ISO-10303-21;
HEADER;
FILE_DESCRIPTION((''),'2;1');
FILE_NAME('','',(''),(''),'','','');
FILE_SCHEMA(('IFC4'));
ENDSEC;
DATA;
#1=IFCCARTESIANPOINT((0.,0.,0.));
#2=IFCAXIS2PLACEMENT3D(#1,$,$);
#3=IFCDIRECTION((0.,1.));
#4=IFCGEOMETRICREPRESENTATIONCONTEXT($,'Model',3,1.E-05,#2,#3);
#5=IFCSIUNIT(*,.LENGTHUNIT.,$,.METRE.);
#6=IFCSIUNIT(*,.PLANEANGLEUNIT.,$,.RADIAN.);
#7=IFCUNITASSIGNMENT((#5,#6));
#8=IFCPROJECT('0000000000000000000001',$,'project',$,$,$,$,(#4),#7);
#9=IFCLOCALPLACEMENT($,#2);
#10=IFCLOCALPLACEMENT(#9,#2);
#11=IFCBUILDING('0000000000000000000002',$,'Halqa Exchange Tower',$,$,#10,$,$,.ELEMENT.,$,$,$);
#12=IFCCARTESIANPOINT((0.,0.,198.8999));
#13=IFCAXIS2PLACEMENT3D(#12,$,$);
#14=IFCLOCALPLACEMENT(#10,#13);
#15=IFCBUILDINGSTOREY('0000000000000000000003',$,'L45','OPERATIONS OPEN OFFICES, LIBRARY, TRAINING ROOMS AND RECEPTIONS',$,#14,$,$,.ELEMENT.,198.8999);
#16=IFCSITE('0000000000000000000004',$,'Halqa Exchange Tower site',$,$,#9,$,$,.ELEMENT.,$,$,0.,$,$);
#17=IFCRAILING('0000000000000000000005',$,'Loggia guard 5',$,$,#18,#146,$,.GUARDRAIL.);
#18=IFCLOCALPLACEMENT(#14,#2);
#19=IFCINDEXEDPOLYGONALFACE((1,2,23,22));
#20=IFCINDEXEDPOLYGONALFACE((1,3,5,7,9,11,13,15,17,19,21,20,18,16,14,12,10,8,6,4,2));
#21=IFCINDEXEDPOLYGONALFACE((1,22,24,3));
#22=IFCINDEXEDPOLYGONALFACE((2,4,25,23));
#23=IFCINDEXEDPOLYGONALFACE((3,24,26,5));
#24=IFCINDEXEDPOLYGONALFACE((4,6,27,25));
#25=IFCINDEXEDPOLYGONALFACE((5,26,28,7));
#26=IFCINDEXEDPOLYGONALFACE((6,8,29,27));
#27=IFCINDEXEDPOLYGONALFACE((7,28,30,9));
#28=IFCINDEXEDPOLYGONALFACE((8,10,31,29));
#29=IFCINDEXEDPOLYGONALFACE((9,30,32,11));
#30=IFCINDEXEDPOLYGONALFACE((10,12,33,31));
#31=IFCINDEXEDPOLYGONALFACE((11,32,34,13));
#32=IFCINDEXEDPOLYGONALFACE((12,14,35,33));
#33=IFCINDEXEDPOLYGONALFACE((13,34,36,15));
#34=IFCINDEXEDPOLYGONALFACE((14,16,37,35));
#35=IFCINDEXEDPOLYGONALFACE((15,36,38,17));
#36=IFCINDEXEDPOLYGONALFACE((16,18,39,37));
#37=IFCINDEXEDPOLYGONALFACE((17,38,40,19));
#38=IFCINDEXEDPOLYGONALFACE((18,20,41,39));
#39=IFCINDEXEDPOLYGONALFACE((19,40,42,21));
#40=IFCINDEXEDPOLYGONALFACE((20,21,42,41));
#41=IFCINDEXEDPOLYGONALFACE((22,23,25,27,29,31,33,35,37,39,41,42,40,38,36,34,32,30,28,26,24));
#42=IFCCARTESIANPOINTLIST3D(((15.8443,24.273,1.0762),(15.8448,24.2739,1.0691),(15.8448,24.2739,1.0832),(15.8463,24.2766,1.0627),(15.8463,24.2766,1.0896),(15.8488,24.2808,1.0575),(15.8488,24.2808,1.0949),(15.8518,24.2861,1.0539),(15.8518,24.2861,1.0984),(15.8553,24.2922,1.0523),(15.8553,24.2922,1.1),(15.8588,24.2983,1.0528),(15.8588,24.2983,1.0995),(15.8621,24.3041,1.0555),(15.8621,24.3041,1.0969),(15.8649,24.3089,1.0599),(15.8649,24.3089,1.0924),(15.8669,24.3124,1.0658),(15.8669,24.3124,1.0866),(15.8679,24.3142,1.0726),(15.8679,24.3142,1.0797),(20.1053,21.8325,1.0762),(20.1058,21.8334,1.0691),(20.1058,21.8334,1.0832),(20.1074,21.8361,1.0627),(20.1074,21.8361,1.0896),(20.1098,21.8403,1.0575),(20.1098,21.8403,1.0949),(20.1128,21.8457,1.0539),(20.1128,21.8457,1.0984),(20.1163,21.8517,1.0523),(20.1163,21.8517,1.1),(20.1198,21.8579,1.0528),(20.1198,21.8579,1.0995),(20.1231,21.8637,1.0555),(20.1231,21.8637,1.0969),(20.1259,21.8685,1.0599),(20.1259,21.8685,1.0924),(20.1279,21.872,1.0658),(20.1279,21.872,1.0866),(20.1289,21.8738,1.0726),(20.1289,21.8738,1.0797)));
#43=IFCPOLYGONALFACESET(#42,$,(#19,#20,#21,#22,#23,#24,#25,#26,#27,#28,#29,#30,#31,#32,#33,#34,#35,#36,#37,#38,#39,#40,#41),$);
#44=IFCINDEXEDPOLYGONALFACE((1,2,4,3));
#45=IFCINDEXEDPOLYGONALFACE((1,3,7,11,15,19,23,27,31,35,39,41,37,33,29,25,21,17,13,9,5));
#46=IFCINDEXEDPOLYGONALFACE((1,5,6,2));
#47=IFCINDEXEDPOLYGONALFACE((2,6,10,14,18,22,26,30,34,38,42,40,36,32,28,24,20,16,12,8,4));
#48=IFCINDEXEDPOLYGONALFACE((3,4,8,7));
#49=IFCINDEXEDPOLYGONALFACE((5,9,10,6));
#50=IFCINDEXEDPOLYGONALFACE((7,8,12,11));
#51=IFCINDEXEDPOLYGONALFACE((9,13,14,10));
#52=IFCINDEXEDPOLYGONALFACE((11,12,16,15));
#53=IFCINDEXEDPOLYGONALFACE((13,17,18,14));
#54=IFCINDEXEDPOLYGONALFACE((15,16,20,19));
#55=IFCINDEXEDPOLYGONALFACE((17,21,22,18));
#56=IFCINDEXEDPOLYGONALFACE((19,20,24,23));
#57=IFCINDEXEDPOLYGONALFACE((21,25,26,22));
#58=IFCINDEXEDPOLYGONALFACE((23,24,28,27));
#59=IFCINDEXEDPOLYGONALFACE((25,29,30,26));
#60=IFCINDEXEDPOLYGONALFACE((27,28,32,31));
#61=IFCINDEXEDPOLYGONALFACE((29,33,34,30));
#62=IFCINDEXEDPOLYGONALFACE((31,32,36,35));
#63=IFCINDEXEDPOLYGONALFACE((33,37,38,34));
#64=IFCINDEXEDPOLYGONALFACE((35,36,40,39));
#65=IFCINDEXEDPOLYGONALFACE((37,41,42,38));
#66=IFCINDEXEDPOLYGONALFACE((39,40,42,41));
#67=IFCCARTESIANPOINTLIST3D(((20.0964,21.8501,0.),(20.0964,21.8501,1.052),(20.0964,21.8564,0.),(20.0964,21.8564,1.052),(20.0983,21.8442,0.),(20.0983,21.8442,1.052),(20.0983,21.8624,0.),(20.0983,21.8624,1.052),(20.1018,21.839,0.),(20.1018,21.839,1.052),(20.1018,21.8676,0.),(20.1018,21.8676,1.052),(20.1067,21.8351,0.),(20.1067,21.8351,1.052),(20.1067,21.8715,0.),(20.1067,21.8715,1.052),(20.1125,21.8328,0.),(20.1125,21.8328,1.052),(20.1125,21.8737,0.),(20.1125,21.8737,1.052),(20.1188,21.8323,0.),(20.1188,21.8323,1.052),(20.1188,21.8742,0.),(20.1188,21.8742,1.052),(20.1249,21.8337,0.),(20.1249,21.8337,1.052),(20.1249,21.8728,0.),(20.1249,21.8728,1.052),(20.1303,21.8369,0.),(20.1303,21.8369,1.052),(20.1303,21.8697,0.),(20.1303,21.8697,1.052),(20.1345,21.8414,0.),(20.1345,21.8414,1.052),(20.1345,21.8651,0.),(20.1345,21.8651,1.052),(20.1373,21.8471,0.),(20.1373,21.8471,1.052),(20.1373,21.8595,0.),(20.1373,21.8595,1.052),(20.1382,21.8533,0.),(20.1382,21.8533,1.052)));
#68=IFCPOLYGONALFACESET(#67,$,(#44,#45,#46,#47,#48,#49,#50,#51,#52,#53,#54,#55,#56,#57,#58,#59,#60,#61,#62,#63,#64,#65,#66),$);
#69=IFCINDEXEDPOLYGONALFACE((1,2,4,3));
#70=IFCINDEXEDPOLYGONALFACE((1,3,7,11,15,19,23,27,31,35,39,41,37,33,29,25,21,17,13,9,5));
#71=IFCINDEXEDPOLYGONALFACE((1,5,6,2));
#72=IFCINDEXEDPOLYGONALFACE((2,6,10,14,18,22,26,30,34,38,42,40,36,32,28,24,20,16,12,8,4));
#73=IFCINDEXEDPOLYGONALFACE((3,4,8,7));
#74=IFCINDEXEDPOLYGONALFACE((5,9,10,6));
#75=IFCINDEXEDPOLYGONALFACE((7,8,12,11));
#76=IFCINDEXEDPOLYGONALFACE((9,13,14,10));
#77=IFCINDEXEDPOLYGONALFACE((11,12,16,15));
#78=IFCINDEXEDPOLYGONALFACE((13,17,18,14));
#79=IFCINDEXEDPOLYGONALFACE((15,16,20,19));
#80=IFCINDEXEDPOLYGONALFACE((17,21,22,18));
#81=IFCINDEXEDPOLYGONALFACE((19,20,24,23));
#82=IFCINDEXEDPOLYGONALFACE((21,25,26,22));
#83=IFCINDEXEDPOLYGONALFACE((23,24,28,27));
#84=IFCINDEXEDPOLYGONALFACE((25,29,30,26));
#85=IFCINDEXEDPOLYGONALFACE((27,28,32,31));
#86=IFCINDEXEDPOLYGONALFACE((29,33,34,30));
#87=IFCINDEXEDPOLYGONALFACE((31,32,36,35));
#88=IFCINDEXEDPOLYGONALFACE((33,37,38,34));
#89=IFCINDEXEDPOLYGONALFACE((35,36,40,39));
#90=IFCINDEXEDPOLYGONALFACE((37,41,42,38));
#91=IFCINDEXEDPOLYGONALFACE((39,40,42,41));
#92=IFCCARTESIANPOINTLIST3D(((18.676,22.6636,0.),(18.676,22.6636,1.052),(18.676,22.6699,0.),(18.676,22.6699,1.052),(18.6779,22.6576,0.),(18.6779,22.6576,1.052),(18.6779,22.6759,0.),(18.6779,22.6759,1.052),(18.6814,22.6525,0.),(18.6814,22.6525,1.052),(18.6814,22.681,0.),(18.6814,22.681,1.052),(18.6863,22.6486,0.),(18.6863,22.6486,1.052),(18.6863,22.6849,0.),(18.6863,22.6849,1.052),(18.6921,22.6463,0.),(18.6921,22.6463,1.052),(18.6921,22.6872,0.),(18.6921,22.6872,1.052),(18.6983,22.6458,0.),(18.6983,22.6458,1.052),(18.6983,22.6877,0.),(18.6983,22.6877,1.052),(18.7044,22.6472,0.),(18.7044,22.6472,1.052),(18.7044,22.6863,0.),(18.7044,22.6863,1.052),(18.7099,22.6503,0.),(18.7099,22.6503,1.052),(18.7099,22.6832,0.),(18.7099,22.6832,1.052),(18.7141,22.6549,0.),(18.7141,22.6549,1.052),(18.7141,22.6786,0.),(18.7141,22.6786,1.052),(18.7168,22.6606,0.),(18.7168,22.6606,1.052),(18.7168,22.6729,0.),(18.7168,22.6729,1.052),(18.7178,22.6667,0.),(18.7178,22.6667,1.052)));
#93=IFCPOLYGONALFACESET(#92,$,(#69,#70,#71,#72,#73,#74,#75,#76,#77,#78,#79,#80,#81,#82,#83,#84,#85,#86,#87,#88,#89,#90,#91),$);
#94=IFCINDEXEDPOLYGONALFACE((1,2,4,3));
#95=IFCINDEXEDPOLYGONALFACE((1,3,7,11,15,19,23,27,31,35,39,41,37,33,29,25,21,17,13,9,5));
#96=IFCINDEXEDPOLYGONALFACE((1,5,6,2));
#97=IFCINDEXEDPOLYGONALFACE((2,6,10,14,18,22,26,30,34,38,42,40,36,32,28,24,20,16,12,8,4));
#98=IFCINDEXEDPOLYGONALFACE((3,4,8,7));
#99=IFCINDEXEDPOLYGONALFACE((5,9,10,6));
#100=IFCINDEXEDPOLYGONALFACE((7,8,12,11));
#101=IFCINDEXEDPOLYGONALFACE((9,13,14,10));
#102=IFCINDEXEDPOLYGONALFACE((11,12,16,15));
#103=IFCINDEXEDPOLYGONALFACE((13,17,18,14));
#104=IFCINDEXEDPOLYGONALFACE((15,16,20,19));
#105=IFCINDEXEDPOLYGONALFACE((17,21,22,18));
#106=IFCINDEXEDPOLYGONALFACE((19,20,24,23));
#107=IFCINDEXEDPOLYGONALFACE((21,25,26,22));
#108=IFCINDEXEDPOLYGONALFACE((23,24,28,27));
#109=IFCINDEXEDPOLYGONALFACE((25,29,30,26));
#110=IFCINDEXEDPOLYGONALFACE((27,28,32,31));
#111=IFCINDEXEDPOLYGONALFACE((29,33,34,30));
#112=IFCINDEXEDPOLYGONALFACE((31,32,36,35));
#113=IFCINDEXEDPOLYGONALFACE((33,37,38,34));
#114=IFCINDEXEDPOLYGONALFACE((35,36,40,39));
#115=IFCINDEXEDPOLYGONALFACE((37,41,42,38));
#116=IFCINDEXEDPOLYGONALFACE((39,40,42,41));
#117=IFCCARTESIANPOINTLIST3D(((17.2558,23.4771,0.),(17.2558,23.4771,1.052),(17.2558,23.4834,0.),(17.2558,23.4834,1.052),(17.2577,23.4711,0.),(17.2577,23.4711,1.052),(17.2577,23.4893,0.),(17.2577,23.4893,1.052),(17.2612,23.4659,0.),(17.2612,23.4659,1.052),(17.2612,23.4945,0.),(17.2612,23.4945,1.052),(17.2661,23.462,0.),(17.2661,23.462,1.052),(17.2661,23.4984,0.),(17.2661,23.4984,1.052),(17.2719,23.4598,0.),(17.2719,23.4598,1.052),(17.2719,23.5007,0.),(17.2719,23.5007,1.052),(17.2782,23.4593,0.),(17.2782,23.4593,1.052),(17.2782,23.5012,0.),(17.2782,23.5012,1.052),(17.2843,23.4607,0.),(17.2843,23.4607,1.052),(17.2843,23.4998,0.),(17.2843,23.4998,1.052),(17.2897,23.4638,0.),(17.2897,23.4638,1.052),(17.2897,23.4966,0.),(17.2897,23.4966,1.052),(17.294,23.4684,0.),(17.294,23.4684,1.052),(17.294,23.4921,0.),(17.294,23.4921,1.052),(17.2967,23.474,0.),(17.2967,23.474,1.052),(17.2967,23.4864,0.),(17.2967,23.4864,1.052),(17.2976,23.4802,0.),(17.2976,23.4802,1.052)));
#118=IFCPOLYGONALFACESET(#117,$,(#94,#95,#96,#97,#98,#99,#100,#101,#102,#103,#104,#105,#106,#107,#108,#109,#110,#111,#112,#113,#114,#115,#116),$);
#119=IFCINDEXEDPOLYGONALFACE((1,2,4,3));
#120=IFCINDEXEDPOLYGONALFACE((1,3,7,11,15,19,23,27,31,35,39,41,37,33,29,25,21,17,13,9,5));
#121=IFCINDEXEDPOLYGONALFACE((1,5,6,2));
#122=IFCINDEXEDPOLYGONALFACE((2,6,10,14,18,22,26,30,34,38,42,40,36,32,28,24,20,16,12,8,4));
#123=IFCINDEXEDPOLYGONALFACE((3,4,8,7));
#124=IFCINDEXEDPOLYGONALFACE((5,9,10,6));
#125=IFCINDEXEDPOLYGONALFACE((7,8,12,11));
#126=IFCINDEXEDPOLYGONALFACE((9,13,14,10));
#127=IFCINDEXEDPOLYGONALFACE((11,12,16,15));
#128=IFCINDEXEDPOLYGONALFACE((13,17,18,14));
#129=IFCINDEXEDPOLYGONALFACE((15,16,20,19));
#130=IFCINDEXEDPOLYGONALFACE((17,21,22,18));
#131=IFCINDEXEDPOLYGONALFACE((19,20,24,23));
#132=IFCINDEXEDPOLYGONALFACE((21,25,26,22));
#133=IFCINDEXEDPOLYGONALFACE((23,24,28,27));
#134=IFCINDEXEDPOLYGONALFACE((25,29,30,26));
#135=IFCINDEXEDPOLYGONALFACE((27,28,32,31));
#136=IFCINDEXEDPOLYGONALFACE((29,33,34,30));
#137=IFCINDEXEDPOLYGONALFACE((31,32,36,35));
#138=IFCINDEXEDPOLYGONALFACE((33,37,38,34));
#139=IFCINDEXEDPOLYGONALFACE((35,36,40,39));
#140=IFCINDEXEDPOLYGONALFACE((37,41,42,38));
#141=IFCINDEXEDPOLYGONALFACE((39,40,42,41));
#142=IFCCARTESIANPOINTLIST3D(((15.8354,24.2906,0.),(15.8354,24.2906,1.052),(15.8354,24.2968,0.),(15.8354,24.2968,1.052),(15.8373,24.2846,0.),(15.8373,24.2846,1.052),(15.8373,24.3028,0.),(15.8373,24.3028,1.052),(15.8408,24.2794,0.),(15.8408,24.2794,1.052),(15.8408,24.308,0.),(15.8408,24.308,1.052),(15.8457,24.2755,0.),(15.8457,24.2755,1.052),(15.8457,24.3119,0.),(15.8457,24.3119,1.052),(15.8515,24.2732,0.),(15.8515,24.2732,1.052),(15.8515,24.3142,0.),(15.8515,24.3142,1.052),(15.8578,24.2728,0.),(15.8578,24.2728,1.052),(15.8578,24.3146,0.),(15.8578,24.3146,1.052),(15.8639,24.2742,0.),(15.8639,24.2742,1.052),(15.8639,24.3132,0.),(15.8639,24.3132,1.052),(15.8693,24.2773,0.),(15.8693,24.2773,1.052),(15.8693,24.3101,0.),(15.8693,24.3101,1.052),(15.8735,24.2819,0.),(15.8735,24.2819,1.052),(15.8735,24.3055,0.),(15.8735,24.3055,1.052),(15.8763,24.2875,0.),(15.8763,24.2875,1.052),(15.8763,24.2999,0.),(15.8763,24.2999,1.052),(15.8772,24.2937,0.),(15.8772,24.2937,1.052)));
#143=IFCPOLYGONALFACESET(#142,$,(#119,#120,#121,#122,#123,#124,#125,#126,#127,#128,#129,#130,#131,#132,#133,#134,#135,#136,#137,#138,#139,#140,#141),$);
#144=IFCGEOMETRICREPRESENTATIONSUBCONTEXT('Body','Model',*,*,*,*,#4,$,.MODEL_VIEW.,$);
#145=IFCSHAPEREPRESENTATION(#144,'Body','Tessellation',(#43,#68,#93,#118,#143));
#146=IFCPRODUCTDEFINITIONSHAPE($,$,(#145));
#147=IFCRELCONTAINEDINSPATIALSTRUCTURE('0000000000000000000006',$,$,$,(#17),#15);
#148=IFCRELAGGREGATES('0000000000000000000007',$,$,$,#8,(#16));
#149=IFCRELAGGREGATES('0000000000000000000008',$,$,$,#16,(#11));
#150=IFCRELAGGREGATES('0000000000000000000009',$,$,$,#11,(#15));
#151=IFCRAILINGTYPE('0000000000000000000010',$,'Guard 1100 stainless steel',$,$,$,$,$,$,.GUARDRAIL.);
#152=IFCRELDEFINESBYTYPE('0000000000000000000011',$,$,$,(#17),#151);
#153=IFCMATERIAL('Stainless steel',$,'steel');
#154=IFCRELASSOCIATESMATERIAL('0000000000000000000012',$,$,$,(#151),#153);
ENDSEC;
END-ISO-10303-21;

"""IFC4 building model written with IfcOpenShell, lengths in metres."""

from ifc_helpers import new_model, si_unit, direction, frame, origin, origin_2d, place, context, subcontext, project, spatial, circle, extrude, material, type_object, element, save


model = new_model("IFC4")

# Units and contexts
model_context = context("Model", 3, precision=1e-05, world=origin(), true_north=direction((0.0, 1.0)))
body_context = subcontext(model_context, "Body", "Model", "MODEL_VIEW")
ifc_project = project(units=[si_unit("LENGTHUNIT", "METRE"), si_unit("PLANEANGLEUNIT", "RADIAN")], contexts=[model_context])

# Site, building, storey
site_placement = place(None, origin())
site = spatial("IfcSite", under=ifc_project, at=site_placement, Name="Halqa Exchange Tower site", CompositionType="ELEMENT", RefElevation=0.0)
building_placement = place(site_placement, origin())
building = spatial("IfcBuilding", under=site, at=building_placement, Name="Halqa Exchange Tower", CompositionType="ELEMENT")
storey_placement = place(building_placement, frame((0.0, 0.0, 198.8999)))
storey = spatial("IfcBuildingStorey", under=building, at=storey_placement, Name="L45", Description="OPERATIONS OPEN OFFICES, LIBRARY, TRAINING ROOMS AND RECEPTIONS", CompositionType="ELEMENT", Elevation=198.8999)

# Railing
ifc_material_1 = material(Name="Stainless steel", Category="steel")
railing_type = type_object("IfcRailingType", Name="Guard 1100 stainless steel", PredefinedType="GUARDRAIL", material=ifc_material_1)
railing_1_placement = place(storey_placement, frame((20.1172, 21.8533, 0.0)))
element("IfcRailing", 1, at=railing_1_placement, inside=storey, type_object=railing_type, Name="Loggia guard 5", PredefinedType="GUARDRAIL", context=body_context, shape_type="SweptSolid", body=[
    extrude(circle(Radius=0.0239, at=origin_2d()), frame((0.0, 0.0, 1.0762), z_axis=(-0.867753, 0.496995, 0.0), x_axis=(-0.496995, -0.867753, 0.0)), (0.0, 0.0, 1.0), 4.9104),
    extrude(circle(Radius=0.021, at=origin_2d()), origin(), (0.0, 0.0, 1.0), 1.052),
    extrude(circle(Radius=0.021, at=origin_2d()), frame((-1.4204, 0.8135, 0.0)), (0.0, 0.0, 1.0), 1.052),
    extrude(circle(Radius=0.021, at=origin_2d()), frame((-2.8406, 1.627, 0.0)), (0.0, 0.0, 1.0), 1.052),
    extrude(circle(Radius=0.021, at=origin_2d()), frame((-4.261, 2.4404, 0.0)), (0.0, 0.0, 1.0), 1.052),
])

save(model, "model.ifc")
